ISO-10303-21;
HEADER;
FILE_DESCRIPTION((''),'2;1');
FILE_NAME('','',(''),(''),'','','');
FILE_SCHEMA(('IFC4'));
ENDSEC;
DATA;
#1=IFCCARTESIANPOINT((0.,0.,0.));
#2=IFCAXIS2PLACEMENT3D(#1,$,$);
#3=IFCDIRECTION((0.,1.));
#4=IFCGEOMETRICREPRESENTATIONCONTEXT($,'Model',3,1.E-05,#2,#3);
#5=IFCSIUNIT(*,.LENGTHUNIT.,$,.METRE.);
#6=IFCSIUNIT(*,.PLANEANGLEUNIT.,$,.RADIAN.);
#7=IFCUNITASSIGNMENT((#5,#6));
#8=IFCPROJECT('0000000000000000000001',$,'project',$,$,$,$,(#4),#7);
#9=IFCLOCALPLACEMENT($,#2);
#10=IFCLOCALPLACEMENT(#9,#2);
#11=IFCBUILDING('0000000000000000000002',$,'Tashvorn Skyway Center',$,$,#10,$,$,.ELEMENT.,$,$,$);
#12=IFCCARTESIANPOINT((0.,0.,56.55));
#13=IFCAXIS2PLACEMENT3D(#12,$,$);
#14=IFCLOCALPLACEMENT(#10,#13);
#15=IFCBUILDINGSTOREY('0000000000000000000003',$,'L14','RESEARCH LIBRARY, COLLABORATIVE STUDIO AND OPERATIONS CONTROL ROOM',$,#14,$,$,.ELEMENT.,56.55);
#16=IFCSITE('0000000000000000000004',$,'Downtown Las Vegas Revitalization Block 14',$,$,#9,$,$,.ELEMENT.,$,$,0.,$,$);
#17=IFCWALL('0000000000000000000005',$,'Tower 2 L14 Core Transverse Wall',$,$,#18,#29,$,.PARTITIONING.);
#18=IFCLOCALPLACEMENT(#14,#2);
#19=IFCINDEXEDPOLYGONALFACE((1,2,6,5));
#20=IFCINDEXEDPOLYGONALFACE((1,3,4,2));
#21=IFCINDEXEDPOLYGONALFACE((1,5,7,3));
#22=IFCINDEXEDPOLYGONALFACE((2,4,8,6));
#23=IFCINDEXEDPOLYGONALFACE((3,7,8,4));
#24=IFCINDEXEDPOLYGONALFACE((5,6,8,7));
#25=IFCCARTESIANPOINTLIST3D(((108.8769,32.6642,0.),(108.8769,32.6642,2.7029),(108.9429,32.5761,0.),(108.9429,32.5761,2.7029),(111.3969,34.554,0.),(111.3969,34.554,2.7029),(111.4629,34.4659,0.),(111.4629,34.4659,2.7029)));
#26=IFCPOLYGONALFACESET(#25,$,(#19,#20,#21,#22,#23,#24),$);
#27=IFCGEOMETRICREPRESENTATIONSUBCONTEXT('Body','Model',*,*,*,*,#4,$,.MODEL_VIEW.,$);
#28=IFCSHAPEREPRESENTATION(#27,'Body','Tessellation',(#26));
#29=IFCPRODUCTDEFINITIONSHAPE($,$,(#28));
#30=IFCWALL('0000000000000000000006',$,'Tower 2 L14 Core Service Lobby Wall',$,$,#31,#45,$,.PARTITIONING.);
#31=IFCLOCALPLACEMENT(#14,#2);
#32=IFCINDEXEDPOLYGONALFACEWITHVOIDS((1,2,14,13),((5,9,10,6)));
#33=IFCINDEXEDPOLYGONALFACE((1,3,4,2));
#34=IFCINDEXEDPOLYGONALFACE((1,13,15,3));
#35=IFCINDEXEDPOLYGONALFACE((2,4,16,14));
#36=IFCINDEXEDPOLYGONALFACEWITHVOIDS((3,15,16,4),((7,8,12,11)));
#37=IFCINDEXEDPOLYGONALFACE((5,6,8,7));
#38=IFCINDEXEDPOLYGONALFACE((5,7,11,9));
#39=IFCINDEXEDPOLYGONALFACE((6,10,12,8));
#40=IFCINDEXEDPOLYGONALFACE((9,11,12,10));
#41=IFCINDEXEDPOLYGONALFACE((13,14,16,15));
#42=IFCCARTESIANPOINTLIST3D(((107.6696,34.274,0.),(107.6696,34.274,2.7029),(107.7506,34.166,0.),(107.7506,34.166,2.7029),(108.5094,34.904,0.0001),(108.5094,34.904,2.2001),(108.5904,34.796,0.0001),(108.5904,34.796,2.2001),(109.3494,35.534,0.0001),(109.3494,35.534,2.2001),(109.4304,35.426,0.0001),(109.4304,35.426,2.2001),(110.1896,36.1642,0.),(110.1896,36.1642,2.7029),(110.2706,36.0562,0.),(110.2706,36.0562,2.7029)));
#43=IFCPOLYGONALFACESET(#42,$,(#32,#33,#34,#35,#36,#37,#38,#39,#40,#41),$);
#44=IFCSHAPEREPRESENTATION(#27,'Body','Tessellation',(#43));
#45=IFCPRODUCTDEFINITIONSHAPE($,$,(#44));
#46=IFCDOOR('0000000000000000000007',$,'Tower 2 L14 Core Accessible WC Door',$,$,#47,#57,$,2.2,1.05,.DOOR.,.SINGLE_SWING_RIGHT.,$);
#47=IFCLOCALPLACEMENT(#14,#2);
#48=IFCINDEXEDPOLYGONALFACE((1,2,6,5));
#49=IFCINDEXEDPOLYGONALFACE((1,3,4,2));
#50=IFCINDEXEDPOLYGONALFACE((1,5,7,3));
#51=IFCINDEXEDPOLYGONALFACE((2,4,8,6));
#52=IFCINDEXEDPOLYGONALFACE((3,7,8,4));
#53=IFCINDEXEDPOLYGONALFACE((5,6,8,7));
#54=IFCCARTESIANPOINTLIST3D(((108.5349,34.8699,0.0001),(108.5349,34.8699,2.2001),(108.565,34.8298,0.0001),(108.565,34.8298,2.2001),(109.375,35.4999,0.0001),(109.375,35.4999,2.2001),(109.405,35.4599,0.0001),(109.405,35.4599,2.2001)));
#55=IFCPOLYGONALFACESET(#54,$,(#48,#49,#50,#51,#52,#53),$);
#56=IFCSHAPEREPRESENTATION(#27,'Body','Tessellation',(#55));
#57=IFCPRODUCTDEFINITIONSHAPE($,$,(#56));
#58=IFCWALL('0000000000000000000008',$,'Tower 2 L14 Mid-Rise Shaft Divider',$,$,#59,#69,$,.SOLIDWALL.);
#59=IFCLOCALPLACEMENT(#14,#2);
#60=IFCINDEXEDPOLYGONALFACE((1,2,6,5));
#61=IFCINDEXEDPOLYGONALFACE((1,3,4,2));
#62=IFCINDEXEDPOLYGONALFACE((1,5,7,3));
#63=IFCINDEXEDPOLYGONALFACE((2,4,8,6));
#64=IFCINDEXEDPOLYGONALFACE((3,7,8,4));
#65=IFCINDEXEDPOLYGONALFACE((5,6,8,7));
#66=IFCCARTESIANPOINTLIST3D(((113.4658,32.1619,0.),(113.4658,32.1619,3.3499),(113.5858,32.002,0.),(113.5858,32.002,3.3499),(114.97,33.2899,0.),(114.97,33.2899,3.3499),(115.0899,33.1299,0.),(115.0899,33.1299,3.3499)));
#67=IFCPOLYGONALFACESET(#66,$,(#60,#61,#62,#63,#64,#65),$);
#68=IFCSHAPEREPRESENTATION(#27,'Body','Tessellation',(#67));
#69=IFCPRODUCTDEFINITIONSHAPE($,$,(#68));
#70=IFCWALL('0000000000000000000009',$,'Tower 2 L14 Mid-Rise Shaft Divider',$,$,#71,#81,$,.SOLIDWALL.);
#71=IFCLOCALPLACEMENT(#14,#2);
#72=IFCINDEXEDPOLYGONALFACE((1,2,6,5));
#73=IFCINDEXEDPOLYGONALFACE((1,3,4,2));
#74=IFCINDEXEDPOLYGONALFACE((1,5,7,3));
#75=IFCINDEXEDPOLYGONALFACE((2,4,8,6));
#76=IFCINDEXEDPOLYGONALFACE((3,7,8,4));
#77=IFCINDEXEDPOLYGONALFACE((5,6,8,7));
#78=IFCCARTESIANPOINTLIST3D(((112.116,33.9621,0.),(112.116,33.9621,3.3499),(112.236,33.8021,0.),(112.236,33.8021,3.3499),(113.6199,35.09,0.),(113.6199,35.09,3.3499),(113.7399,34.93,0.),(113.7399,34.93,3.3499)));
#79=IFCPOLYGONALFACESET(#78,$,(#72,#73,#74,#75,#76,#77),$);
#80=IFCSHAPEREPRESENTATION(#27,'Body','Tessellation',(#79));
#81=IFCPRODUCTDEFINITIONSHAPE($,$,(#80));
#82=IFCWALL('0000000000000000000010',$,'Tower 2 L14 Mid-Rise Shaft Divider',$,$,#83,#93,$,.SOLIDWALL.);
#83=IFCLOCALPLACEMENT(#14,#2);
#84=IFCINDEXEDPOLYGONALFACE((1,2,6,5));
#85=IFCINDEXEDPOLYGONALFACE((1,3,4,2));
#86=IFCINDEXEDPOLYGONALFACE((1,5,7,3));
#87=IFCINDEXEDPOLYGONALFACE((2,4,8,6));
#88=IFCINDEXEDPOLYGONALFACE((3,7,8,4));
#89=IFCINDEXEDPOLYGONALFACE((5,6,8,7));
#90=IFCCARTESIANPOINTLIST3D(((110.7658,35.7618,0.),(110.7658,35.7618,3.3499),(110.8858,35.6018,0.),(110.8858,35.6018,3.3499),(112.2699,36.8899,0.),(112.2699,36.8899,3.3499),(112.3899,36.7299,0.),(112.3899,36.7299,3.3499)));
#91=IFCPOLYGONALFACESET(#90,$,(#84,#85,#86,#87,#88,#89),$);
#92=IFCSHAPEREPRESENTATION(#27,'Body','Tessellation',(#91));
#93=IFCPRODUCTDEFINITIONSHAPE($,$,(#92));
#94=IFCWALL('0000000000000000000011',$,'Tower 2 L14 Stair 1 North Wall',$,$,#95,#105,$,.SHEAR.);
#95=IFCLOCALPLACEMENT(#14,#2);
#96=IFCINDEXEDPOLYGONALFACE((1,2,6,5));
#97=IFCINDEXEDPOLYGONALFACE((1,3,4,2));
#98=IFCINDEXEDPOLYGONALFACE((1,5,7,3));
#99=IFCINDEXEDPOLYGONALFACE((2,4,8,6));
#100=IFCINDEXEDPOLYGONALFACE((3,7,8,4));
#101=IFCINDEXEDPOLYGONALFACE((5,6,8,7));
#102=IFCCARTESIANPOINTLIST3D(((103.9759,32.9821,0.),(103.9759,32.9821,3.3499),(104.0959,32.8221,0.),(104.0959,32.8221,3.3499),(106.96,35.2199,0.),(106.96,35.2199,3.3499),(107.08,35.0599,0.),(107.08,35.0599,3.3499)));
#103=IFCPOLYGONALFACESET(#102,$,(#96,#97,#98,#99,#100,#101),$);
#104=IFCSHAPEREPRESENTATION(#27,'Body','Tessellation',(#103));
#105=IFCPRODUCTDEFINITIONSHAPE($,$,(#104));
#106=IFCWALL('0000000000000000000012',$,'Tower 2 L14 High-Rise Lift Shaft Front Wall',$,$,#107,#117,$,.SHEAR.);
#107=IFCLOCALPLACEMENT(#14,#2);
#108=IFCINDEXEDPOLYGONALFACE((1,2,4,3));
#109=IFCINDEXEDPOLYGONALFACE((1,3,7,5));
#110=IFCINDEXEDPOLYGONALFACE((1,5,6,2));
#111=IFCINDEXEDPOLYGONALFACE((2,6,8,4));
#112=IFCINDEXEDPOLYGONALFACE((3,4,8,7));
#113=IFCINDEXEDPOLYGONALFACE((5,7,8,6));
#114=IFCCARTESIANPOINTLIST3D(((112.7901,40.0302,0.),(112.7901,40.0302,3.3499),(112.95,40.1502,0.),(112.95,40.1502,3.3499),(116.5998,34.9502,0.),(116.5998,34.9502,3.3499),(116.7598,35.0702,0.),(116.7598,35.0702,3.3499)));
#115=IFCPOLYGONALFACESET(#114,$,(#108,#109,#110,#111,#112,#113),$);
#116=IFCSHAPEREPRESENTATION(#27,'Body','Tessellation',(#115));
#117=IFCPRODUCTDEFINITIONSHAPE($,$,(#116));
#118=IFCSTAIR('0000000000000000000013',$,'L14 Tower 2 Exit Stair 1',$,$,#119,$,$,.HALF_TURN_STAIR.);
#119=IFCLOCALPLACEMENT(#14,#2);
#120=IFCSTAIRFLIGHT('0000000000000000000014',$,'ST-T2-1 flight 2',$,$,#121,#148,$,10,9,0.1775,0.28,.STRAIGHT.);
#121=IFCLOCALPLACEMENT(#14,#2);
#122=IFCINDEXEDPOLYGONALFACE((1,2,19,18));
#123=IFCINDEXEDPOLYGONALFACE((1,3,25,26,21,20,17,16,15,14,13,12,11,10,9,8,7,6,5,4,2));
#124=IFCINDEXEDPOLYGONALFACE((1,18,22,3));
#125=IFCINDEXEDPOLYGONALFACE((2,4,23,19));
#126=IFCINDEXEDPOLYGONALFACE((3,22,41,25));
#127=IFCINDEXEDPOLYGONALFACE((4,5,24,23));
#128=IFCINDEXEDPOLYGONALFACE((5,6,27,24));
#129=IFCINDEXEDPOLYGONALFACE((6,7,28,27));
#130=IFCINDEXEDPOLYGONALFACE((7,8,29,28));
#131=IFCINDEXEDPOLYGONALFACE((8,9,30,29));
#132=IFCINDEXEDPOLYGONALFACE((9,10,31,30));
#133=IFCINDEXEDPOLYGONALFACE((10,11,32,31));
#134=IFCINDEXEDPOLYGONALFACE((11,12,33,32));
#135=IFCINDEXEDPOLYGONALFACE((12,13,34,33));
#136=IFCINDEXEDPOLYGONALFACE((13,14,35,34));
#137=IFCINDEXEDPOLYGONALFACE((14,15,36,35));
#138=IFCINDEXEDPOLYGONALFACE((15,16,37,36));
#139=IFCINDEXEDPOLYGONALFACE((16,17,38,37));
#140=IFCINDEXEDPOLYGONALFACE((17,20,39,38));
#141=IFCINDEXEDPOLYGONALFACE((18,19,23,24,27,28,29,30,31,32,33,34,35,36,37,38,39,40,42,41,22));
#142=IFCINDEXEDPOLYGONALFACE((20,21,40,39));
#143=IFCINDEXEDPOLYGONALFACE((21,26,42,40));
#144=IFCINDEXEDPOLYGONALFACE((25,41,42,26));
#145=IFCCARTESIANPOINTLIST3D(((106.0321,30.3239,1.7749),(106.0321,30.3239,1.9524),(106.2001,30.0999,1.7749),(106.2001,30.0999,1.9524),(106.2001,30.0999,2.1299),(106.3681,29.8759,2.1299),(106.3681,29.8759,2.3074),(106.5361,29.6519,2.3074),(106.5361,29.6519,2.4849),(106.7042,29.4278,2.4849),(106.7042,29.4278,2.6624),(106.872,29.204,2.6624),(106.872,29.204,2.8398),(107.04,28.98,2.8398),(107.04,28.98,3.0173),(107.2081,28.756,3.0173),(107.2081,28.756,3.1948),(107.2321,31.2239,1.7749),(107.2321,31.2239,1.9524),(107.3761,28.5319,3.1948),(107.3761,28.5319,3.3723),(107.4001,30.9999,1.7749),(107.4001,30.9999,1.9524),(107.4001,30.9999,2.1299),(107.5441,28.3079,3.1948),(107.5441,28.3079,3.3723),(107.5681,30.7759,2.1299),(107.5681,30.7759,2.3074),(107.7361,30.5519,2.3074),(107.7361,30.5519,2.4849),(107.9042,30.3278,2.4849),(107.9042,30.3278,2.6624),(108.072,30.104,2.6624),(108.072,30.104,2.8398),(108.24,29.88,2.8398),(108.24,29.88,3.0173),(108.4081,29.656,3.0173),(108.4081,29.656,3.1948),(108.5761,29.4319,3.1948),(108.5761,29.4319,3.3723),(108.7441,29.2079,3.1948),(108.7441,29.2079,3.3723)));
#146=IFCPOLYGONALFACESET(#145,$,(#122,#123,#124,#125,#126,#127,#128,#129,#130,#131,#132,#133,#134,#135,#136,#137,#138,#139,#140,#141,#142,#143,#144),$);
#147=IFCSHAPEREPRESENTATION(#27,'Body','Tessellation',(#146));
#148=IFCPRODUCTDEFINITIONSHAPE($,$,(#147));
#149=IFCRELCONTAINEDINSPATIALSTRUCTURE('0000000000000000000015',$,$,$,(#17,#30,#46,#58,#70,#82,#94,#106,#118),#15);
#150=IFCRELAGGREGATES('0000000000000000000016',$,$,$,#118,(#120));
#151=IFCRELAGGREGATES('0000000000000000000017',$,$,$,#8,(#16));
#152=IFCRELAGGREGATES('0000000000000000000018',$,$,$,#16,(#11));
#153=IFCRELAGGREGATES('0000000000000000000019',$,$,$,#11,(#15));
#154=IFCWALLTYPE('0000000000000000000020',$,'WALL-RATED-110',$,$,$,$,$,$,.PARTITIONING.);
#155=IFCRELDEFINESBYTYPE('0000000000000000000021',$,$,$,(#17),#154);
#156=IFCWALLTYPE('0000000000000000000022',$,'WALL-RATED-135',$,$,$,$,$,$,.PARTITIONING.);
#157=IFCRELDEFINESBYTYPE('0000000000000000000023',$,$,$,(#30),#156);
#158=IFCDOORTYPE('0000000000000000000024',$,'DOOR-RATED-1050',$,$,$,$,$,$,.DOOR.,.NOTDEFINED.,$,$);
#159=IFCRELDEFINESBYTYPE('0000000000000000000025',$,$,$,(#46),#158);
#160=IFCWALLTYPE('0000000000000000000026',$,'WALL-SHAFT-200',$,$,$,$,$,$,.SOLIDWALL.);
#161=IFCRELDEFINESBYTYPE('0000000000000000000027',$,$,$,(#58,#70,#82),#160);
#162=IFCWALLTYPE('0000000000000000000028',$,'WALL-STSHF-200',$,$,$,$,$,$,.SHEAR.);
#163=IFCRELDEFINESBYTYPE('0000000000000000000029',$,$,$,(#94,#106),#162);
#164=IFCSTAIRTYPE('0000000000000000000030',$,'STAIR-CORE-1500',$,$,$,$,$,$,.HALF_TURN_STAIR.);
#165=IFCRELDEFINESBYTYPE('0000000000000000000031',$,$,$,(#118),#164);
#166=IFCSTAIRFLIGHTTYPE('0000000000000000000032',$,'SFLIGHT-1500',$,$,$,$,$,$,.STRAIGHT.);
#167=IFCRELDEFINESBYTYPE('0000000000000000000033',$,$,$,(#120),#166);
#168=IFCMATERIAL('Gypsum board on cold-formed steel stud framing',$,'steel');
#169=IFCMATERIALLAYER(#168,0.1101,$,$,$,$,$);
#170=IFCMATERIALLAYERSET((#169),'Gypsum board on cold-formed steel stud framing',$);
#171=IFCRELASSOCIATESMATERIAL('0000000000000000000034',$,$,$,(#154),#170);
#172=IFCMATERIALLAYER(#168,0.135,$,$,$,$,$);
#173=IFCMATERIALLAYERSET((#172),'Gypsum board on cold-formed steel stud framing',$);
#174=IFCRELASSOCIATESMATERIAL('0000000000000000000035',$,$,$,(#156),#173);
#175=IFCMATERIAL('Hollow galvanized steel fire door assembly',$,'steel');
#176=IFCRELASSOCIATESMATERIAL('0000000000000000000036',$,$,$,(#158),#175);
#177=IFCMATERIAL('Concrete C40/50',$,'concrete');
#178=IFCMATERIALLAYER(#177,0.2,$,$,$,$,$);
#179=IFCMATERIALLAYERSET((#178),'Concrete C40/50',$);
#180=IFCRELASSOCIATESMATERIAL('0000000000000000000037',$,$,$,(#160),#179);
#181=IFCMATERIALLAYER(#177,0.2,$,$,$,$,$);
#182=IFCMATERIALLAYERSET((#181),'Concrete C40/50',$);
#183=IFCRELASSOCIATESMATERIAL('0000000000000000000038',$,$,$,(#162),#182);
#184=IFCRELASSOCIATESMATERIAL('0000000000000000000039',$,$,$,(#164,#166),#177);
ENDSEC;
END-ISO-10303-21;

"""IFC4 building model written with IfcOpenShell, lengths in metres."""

from ifc_helpers import new_model, si_unit, direction, frame, frame_2d, origin, place, context, subcontext, project, spatial, polyline, rectangle, outline, extrude, material, layer, layer_set, type_object, element, fill, aggregate, save


model = new_model("IFC4")

# Units and contexts
model_context = context("Model", 3, precision=1e-05, world=origin(), true_north=direction((0.0, 1.0)))
body_context = subcontext(model_context, "Body", "Model", "MODEL_VIEW")
ifc_project = project(units=[si_unit("LENGTHUNIT", "METRE"), si_unit("PLANEANGLEUNIT", "RADIAN")], contexts=[model_context])

# Site, building, storey
site_placement = place(None, origin())
site = spatial("IfcSite", under=ifc_project, at=site_placement, Name="Downtown Las Vegas Revitalization Block 14", CompositionType="ELEMENT", RefElevation=0.0)
building_placement = place(site_placement, origin())
building = spatial("IfcBuilding", under=site, at=building_placement, Name="Tashvorn Skyway Center", CompositionType="ELEMENT")
storey_placement = place(building_placement, frame((0.0, 0.0, 56.55)))
storey = spatial("IfcBuildingStorey", under=building, at=storey_placement, Name="L14", Description="RESEARCH LIBRARY, COLLABORATIVE STUDIO AND OPERATIONS CONTROL ROOM", CompositionType="ELEMENT", Elevation=56.55)

# Shared definitions
ifc_material_1 = material(Name="Hollow galvanized steel fire door assembly", Category="steel")

# Shared definitions
ifc_material_2 = material(Name="Concrete C40/50", Category="concrete")

# Wall
ifc_material_3 = material(Name="Gypsum board on cold-formed steel stud framing", Category="steel")
ifc_layer_1 = layer(ifc_material_3, 0.1101)
ifc_layer_set_1 = layer_set([ifc_layer_1], Name="Gypsum board on cold-formed steel stud framing")
wall_type_1 = type_object("IfcWallType", Name="WALL-RATED-110", PredefinedType="PARTITIONING", material=ifc_layer_set_1)
wall_1_placement = place(storey_placement, frame((108.9099, 32.6201, 0.0), z_axis=(0.0, 0.0, 1.0), x_axis=(0.800019, 0.599975, 0.0)))
element("IfcWall", 1, at=wall_1_placement, inside=storey, type_object=wall_type_1, Name="Tower 2 L14 Core Transverse Wall", PredefinedType="PARTITIONING", context=body_context, shape_type="SweptSolid", body=[
    extrude(rectangle(XDim=3.1499, YDim=0.1101, at=frame_2d((1.575, 0.0))), origin(), (0.0, 0.0, 1.0), 2.7029),
])

# Wall, opening, door
ifc_layer_2 = layer(ifc_material_3, 0.135)
ifc_layer_set_2 = layer_set([ifc_layer_2], Name="Gypsum board on cold-formed steel stud framing")
wall_type_2 = type_object("IfcWallType", Name="WALL-RATED-135", PredefinedType="PARTITIONING", material=ifc_layer_set_2)
wall_2_placement = place(storey_placement, frame((107.71, 34.22, 0.0), z_axis=(0.0, 0.0, 1.0), x_axis=(0.799981, 0.600025, 0.0)))
wall_2 = element("IfcWall", 2, at=wall_2_placement, inside=storey, type_object=wall_type_2, Name="Tower 2 L14 Core Service Lobby Wall", PredefinedType="PARTITIONING", context=body_context, shape_type="SweptSolid", body=[
    extrude(rectangle(XDim=3.1501, YDim=0.135, at=frame_2d((1.5752, 0.0))), origin(), (0.0, 0.0, 1.0), 2.7029),
])
opening_1_placement = place(wall_2_placement, frame((1.05, 0.0, 0.0)))
opening_1 = element("IfcOpeningElement", 3, at=opening_1_placement, cuts=wall_2, PredefinedType="OPENING", context=body_context, shape_type="SweptSolid", body=[
    extrude(rectangle(XDim=1.05, YDim=2.2, at=frame_2d((0.5249, 1.1001))), frame((0.0, 0.0774, 0.0), z_axis=(0.0, -1.0, 0.0), x_axis=(1.0, 0.0, 0.0)), (0.0, 0.0, 1.0), 0.155),
])
door_type_1 = type_object("IfcDoorType", Name="DOOR-RATED-1050", OperationType="NOTDEFINED", PredefinedType="DOOR", material=ifc_material_1)
door_1_placement = place(opening_1_placement, origin())
door_1 = element("IfcDoor", 4, at=door_1_placement, inside=storey, type_object=door_type_1, Name="Tower 2 L14 Core Accessible WC Door", OperationType="SINGLE_SWING_RIGHT", OverallHeight=2.2, OverallWidth=1.05, PredefinedType="DOOR", context=body_context, shape_type="SweptSolid", body=[
    extrude(rectangle(XDim=1.05, YDim=2.2, at=frame_2d((0.5249, 1.1001))), frame((0.0, 0.0249, 0.0), z_axis=(0.0, -1.0, 0.0), x_axis=(1.0, 0.0, 0.0)), (0.0, 0.0, 1.0), 0.05),
])
fill(opening_1, door_1)

# Walls
ifc_layer_3 = layer(ifc_material_2, 0.2)
ifc_layer_set_3 = layer_set([ifc_layer_3], Name="Concrete C40/50")
wall_type_3 = type_object("IfcWallType", Name="WALL-SHAFT-200", PredefinedType="SOLIDWALL", material=ifc_layer_set_3)
wall_3_placement = place(storey_placement, frame((113.5259, 32.082, 0.0), z_axis=(0.0, 0.0, 1.0), x_axis=(0.800047, 0.599938, 0.0)))
element("IfcWall", 5, at=wall_3_placement, inside=storey, type_object=wall_type_3, Name="Tower 2 L14 Mid-Rise Shaft Divider", PredefinedType="SOLIDWALL", context=body_context, shape_type="SweptSolid", body=[
    extrude(rectangle(XDim=1.8801, YDim=0.2, at=frame_2d((0.9399, 0.0))), origin(), (0.0, 0.0, 1.0), 3.3499),
])
wall_4_placement = place(storey_placement, frame((112.176, 33.8821, 0.0), z_axis=(0.0, 0.0, 1.0), x_axis=(0.8, 0.6, 0.0)))
element("IfcWall", 6, at=wall_4_placement, inside=storey, type_object=wall_type_3, Name="Tower 2 L14 Mid-Rise Shaft Divider", PredefinedType="SOLIDWALL", context=body_context, shape_type="SweptSolid", body=[
    extrude(rectangle(XDim=1.8799, YDim=0.2, at=frame_2d((0.9399, 0.0))), origin(), (0.0, 0.0, 1.0), 3.3499),
])
wall_5_placement = place(storey_placement, frame((110.8259, 35.6819, 0.0), z_axis=(0.0, 0.0, 1.0), x_axis=(0.799984, 0.600021, 0.0)))
element("IfcWall", 7, at=wall_5_placement, inside=storey, type_object=wall_type_3, Name="Tower 2 L14 Mid-Rise Shaft Divider", PredefinedType="SOLIDWALL", context=body_context, shape_type="SweptSolid", body=[
    extrude(rectangle(XDim=1.8801, YDim=0.2, at=frame_2d((0.9399, 0.0))), origin(), (0.0, 0.0, 1.0), 3.3499),
])
ifc_layer_4 = layer(ifc_material_2, 0.2)
ifc_layer_set_4 = layer_set([ifc_layer_4], Name="Concrete C40/50")
wall_type_4 = type_object("IfcWallType", Name="WALL-STSHF-200", PredefinedType="SHEAR", material=ifc_layer_set_4)
wall_6_placement = place(storey_placement, frame((104.0359, 32.9021, 0.0), z_axis=(0.0, 0.0, 1.0), x_axis=(0.800039, 0.599948, 0.0)))
element("IfcWall", 8, at=wall_6_placement, inside=storey, type_object=wall_type_4, Name="Tower 2 L14 Stair 1 North Wall", PredefinedType="SHEAR", context=body_context, shape_type="SweptSolid", body=[
    extrude(rectangle(XDim=3.73, YDim=0.2, at=frame_2d((1.865, 0.0))), origin(), (0.0, 0.0, 1.0), 3.3499),
])
wall_7_placement = place(storey_placement, frame((112.8701, 40.0901, 0.0), z_axis=(0.0, 0.0, 1.0), x_axis=(0.599975, -0.800018, 0.0)))
element("IfcWall", 9, at=wall_7_placement, inside=storey, type_object=wall_type_4, Name="Tower 2 L14 High-Rise Lift Shaft Front Wall", PredefinedType="SHEAR", context=body_context, shape_type="SweptSolid", body=[
    extrude(rectangle(XDim=6.3499, YDim=0.2, at=frame_2d((3.1748, 0.0))), origin(), (0.0, 0.0, 1.0), 3.3499),
])

# Stair, stair flight
stair_type = type_object("IfcStairType", Name="STAIR-CORE-1500", PredefinedType="HALF_TURN_STAIR", material=ifc_material_2)
stair_placement = place(storey_placement, origin())
stair = element("IfcStair", 10, at=stair_placement, inside=storey, type_object=stair_type, Name="L14 Tower 2 Exit Stair 1", PredefinedType="HALF_TURN_STAIR")
stair_flight_type = type_object("IfcStairFlightType", Name="SFLIGHT-1500", PredefinedType="STRAIGHT", material=ifc_material_2)
stair_flight_placement = place(storey_placement, frame((106.6321, 30.7739, 1.7749), z_axis=(0.0, 0.0, 1.0), x_axis=(0.6, -0.8, 0.0)))
stair_flight = element("IfcStairFlight", 11, at=stair_flight_placement, type_object=stair_flight_type, Name="ST-T2-1 flight 2", NumberOfRisers=10, NumberOfTreads=9, PredefinedType="STRAIGHT", RiserHeight=0.1775, TreadLength=0.28, context=body_context, shape_type="SweptSolid", body=[
    extrude(outline(polyline([(0.0, 0.0), (0.0, 0.1775), (0.28, 0.1775), (0.28, 0.355), (0.5601, 0.355), (0.5601, 0.5325), (0.8401, 0.5325), (0.8401, 0.71), (1.1201, 0.71), (1.1201, 0.8875), (1.3999, 0.8875), (1.3999, 1.0649), (1.6799, 1.0649), (1.6799, 1.2424), (1.96, 1.2424), (1.96, 1.4199), (2.24, 1.4199), (2.24, 1.5974), (2.52, 1.5974), (2.52, 1.7749), (2.52, 1.4199), (0.28, 0.0), (0.0, 0.0)])), frame((0.0, 0.75, 0.0), z_axis=(0.0, -1.0, 0.0), x_axis=(1.0, 0.0, 0.0)), (0.0, 0.0, 1.0), 1.5),
])
aggregate(stair, [stair_flight])

save(model, "model.ifc")
